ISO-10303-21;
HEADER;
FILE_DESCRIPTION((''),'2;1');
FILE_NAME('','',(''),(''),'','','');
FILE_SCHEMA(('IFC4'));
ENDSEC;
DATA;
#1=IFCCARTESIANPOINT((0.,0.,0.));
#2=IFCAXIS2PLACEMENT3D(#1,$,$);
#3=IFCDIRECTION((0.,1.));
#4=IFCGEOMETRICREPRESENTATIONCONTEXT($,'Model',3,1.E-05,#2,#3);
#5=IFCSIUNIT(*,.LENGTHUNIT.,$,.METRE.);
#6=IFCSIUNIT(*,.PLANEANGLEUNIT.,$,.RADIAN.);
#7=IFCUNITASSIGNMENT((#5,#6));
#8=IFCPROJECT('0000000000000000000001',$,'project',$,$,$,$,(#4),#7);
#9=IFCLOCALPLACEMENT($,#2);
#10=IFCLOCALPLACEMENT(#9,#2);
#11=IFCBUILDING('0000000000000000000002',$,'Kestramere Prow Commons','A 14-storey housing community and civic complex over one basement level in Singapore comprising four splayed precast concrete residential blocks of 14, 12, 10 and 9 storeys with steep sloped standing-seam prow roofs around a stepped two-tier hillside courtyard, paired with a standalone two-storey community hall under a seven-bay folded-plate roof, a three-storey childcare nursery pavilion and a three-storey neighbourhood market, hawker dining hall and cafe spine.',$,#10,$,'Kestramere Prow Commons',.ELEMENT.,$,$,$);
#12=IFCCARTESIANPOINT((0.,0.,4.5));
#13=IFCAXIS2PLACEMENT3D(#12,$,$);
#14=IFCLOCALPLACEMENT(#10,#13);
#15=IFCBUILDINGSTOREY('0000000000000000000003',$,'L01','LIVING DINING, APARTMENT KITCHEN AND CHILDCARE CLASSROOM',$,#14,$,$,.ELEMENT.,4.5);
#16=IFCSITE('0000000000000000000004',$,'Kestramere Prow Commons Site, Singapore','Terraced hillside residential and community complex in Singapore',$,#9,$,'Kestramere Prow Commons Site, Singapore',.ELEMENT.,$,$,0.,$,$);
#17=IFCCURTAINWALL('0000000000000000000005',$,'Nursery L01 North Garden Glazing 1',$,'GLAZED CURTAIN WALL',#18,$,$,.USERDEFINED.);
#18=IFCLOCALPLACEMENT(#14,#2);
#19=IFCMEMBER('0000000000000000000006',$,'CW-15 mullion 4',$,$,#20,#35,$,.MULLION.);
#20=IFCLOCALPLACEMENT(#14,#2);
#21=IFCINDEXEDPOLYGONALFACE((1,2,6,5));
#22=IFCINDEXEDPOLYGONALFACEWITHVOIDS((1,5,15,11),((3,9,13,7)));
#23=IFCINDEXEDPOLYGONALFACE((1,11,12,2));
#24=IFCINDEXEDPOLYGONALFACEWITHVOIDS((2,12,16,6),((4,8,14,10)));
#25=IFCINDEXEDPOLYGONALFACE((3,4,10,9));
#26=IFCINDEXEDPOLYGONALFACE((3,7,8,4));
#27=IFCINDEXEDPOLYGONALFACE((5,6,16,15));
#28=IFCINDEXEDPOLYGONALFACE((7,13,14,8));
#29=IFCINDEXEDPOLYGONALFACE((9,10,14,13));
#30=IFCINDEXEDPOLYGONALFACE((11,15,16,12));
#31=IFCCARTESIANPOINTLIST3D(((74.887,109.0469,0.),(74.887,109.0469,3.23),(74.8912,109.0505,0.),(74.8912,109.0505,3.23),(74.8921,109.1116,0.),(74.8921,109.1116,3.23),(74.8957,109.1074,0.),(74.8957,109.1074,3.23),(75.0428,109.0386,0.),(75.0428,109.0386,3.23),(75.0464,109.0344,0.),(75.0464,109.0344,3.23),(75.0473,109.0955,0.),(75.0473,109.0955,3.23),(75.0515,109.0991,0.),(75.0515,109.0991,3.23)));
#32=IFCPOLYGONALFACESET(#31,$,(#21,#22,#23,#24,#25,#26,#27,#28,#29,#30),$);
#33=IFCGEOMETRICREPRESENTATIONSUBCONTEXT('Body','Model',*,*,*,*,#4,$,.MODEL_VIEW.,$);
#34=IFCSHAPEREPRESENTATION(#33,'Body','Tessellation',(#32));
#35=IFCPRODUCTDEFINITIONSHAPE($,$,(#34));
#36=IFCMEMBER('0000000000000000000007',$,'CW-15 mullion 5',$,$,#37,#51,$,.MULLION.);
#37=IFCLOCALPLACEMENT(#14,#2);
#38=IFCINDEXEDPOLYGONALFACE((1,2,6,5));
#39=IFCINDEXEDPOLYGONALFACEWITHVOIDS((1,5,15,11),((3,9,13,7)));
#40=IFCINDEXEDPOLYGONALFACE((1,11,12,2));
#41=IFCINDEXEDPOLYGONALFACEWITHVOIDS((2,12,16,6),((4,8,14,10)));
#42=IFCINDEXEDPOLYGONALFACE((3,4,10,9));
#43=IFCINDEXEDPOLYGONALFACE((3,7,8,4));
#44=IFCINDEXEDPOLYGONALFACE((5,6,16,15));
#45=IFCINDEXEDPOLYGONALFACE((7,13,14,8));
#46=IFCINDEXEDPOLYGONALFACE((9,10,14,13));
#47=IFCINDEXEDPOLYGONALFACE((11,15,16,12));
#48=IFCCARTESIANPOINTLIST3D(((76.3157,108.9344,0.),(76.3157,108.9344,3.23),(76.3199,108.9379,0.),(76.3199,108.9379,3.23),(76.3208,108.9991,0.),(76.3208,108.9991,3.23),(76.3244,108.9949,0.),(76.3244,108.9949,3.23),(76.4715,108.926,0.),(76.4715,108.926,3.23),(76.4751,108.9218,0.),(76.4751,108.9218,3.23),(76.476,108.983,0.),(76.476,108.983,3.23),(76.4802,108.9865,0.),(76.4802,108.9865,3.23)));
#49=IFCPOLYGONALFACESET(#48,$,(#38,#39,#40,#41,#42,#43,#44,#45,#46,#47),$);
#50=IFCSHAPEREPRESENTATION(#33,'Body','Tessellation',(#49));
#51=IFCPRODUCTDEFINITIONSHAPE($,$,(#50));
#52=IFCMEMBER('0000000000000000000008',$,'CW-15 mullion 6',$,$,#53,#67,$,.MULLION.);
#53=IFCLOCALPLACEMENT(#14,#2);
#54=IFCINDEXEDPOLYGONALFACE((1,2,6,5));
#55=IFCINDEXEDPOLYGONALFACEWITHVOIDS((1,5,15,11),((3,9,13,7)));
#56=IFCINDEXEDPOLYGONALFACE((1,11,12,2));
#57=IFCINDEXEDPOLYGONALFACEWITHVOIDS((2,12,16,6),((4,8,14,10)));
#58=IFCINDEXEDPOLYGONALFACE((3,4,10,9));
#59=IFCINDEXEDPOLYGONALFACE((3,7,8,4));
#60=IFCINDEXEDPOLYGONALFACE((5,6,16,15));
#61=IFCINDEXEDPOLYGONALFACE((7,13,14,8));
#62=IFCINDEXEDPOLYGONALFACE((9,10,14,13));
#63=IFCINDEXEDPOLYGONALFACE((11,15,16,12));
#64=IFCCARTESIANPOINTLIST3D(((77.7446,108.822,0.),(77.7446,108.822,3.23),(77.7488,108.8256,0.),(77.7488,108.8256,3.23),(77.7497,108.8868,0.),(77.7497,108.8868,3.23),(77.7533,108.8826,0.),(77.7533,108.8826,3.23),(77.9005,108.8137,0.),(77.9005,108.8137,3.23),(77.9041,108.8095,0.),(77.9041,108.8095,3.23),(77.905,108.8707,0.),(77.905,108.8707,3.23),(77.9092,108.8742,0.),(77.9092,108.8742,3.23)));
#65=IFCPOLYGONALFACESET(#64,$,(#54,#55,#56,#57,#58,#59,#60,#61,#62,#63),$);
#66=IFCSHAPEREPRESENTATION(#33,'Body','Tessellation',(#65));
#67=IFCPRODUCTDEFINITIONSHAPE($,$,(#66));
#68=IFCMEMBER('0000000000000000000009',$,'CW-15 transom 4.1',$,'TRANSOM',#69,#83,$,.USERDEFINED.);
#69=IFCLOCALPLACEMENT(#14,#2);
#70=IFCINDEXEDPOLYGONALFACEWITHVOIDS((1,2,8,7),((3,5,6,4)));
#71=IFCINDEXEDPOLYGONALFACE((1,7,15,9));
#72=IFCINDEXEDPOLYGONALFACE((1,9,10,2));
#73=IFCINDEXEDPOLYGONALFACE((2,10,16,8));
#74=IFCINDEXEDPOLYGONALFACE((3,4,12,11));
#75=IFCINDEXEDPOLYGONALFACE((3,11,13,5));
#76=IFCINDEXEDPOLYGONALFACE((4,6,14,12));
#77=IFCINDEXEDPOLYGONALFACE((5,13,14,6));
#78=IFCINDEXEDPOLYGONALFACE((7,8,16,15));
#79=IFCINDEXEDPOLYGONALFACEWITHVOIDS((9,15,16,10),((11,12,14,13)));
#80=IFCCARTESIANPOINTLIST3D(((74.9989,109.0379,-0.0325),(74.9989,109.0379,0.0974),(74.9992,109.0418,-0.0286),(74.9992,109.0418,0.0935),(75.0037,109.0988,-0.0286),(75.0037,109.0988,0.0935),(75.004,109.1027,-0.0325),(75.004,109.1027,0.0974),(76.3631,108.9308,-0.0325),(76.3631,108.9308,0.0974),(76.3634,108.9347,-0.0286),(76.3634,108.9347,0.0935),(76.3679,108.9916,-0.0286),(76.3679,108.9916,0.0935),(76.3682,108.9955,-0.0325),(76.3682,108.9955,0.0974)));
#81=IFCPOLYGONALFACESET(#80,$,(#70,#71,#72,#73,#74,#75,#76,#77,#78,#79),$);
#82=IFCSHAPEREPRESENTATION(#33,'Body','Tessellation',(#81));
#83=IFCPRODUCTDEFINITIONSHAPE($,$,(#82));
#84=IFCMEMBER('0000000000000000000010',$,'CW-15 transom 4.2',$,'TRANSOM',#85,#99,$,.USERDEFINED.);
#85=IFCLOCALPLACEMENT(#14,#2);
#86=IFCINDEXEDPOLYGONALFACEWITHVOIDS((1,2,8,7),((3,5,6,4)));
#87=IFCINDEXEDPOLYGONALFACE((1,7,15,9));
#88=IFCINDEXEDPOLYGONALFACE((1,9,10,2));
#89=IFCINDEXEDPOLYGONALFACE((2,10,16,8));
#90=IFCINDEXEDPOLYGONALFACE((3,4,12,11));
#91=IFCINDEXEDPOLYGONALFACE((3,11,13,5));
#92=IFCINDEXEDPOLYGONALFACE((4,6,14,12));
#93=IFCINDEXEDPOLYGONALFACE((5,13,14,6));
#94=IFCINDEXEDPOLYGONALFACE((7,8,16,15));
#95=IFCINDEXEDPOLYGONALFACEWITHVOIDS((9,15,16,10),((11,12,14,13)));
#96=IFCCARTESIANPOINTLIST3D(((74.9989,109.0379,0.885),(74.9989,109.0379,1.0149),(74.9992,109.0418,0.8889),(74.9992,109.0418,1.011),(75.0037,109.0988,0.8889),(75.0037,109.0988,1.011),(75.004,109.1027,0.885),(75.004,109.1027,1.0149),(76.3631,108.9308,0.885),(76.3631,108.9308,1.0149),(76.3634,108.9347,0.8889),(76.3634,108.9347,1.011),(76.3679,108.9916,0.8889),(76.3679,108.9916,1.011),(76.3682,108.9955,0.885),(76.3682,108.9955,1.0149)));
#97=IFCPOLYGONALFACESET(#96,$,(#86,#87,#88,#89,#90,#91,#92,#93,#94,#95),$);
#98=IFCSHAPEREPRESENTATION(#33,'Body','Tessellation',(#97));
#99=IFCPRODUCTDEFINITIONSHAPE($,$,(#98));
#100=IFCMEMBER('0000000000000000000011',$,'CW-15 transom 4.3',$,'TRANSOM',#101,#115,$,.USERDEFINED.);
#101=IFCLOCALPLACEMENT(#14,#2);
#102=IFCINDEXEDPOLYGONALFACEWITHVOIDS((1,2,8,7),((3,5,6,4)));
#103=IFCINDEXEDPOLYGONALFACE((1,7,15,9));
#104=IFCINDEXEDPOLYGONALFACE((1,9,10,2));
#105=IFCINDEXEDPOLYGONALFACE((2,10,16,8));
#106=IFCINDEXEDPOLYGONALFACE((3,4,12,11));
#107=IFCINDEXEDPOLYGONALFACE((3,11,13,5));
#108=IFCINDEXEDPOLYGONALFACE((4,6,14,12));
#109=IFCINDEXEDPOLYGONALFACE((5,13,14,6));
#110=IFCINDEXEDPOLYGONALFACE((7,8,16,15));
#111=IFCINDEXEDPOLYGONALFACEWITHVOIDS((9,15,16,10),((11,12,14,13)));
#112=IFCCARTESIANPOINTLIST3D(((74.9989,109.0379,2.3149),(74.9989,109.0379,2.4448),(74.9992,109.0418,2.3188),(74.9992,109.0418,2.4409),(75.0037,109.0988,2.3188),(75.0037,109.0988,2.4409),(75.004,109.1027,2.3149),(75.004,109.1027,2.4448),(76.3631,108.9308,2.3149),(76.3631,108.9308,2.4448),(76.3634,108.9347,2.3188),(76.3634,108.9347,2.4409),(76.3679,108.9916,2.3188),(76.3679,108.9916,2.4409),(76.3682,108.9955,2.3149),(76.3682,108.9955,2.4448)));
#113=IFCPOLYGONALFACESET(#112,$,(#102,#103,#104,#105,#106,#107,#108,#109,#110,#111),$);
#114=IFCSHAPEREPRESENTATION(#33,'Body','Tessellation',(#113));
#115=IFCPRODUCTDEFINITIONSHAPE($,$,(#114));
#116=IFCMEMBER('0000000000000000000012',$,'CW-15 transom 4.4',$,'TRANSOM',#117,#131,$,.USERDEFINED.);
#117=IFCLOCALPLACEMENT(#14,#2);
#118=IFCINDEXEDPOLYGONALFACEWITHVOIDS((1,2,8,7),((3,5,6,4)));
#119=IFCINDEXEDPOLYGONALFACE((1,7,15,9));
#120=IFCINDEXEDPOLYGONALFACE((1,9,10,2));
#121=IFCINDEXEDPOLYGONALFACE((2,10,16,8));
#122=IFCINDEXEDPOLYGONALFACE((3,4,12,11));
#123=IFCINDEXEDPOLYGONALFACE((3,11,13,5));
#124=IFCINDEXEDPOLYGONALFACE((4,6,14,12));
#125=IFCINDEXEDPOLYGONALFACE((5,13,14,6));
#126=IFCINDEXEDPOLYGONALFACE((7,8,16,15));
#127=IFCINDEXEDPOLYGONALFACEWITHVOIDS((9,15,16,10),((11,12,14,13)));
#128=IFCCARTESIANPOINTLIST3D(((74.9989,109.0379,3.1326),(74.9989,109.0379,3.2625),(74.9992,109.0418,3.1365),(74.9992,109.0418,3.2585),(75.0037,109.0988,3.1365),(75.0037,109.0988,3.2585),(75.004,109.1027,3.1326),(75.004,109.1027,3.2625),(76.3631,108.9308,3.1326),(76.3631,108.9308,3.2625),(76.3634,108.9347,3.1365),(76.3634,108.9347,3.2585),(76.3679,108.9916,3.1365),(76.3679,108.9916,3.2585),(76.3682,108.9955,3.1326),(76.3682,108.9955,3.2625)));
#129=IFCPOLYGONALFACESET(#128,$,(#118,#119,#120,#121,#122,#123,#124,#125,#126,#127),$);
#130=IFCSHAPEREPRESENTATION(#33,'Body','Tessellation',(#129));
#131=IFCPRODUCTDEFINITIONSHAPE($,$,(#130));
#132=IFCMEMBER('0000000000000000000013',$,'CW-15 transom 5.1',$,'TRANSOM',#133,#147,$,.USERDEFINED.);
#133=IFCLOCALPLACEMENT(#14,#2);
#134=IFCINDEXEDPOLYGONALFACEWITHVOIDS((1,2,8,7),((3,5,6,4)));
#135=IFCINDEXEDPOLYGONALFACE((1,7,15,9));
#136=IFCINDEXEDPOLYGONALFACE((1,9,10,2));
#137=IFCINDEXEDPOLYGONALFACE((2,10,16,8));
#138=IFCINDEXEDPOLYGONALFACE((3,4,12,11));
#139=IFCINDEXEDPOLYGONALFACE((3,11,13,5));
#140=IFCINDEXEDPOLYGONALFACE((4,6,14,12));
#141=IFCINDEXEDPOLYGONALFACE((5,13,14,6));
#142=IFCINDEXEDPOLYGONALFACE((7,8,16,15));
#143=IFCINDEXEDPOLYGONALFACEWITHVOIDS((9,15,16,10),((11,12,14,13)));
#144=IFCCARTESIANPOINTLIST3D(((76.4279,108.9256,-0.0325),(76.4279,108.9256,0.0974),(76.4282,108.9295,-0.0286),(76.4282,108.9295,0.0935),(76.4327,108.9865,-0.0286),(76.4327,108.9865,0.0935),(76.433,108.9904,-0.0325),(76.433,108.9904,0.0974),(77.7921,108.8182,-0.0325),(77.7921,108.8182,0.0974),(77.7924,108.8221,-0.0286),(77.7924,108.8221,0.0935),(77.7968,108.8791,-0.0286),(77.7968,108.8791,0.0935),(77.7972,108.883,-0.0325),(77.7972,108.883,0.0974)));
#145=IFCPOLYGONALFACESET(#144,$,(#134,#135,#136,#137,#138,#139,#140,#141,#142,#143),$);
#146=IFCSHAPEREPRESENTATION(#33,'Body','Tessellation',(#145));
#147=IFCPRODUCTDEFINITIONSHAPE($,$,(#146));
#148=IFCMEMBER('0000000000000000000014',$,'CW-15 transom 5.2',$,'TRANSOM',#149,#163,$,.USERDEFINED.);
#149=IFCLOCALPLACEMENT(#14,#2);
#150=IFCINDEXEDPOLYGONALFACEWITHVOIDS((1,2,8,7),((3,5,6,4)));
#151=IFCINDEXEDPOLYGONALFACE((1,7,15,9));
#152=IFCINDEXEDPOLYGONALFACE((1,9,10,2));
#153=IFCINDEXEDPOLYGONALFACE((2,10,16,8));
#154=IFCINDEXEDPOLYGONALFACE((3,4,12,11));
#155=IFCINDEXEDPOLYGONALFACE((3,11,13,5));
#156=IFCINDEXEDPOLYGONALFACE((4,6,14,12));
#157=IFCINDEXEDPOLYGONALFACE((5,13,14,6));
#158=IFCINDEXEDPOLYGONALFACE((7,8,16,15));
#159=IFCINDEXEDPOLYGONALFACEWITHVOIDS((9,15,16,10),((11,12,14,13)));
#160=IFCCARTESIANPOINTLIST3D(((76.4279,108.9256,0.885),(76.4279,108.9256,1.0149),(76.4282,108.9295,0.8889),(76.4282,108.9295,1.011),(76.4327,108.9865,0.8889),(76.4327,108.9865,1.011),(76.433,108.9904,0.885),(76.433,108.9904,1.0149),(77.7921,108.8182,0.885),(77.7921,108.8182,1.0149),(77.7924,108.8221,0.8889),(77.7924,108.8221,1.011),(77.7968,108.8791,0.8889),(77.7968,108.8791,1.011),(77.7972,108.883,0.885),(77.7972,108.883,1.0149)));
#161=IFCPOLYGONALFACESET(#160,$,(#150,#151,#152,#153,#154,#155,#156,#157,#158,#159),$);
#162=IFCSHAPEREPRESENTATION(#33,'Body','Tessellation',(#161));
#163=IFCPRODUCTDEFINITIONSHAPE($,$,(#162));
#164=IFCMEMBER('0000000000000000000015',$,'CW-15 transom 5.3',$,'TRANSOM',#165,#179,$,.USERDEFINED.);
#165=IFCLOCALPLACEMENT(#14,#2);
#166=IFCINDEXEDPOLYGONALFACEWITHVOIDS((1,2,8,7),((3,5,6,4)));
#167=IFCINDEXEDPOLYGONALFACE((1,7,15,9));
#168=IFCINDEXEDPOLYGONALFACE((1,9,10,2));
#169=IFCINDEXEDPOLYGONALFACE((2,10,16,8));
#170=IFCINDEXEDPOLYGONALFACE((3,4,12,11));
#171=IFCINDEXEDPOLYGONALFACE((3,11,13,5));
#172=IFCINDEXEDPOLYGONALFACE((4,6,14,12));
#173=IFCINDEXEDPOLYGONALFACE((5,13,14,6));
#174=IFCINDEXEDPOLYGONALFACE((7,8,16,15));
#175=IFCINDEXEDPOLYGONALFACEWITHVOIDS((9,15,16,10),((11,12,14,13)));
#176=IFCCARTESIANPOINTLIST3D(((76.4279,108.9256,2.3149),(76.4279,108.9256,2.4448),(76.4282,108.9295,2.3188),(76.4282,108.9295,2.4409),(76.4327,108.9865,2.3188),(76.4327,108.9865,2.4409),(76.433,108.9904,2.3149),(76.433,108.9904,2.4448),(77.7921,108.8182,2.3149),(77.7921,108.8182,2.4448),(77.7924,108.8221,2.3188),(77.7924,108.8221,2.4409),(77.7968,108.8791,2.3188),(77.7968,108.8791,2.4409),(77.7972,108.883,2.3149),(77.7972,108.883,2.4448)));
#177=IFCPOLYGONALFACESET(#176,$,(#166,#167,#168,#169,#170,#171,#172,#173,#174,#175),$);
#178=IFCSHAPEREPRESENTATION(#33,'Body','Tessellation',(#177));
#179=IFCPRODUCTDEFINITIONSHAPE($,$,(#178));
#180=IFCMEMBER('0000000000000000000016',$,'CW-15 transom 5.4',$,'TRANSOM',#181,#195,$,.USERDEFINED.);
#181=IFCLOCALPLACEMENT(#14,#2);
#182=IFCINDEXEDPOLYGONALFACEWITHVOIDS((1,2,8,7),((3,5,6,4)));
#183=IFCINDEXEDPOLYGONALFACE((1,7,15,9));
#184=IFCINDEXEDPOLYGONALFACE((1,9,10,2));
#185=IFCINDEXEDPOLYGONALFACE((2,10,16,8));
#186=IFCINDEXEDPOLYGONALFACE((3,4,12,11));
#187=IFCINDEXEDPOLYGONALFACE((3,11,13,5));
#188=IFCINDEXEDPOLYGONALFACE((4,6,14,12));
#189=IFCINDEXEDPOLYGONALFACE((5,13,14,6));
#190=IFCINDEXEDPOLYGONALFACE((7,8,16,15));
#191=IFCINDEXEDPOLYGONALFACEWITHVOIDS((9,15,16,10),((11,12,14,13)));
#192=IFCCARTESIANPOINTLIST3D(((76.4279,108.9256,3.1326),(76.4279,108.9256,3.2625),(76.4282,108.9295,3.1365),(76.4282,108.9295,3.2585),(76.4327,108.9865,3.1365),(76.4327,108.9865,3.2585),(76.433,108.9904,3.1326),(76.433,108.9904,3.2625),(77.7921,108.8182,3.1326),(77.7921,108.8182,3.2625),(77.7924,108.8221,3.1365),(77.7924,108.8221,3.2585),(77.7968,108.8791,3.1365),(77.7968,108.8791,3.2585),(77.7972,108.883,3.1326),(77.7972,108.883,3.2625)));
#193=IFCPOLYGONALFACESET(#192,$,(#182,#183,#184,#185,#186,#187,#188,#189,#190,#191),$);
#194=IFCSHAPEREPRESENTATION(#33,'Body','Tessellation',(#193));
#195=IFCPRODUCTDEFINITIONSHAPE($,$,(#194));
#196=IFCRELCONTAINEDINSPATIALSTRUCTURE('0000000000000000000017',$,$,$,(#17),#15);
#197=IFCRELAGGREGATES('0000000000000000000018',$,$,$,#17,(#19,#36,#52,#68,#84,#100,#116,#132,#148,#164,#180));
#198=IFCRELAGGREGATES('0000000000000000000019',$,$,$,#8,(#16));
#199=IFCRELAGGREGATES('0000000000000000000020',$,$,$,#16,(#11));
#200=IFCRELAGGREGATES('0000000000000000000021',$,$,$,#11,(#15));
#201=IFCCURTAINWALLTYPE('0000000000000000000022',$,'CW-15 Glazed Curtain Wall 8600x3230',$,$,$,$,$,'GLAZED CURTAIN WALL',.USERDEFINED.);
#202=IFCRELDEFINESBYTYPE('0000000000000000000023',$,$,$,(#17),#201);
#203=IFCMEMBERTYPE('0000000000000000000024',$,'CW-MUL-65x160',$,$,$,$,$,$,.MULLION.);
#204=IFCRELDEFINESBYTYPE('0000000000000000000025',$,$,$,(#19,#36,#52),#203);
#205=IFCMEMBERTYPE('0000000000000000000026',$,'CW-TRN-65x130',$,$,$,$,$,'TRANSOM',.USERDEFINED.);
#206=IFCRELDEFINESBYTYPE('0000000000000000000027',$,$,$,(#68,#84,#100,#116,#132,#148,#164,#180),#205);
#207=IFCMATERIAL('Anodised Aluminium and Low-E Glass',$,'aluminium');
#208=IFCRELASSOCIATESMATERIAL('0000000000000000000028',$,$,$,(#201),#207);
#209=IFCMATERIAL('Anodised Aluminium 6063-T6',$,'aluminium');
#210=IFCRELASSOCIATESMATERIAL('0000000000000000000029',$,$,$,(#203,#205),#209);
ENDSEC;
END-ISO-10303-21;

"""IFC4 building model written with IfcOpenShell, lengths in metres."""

from ifc_helpers import new_model, si_unit, direction, frame, origin, origin_2d, place, context, subcontext, project, spatial, hollow_rectangle, extrude, material, material_profile, profile_set, type_object, element, aggregate, save


model = new_model("IFC4")

# Units and contexts
model_context = context("Model", 3, precision=1e-05, world=origin(), true_north=direction((0.0, 1.0)))
body_context = subcontext(model_context, "Body", "Model", "MODEL_VIEW")
ifc_project = project(units=[si_unit("LENGTHUNIT", "METRE"), si_unit("PLANEANGLEUNIT", "RADIAN")], contexts=[model_context])

# Site, building, storey
site_placement = place(None, origin())
site = spatial("IfcSite", under=ifc_project, at=site_placement, Name="Kestramere Prow Commons Site, Singapore", Description="Terraced hillside residential and community complex in Singapore", LongName="Kestramere Prow Commons Site, Singapore", CompositionType="ELEMENT", RefElevation=0.0)
building_placement = place(site_placement, origin())
building = spatial("IfcBuilding", under=site, at=building_placement, Name="Kestramere Prow Commons", Description="A 14-storey housing community and civic complex over one basement level in Singapore comprising four splayed precast concrete residential blocks of 14, 12, 10 and 9 storeys with steep sloped standing-seam prow roofs around a stepped two-tier hillside courtyard, paired with a standalone two-storey community hall under a seven-bay folded-plate roof, a three-storey childcare nursery pavilion and a three-storey neighbourhood market, hawker dining hall and cafe spine.", LongName="Kestramere Prow Commons", CompositionType="ELEMENT")
storey_placement = place(building_placement, frame((0.0, 0.0, 4.5)))
storey = spatial("IfcBuildingStorey", under=building, at=storey_placement, Name="L01", Description="LIVING DINING, APARTMENT KITCHEN AND CHILDCARE CLASSROOM", CompositionType="ELEMENT", Elevation=4.5)

# Curtain wall, members
ifc_material_1 = material(Name="Anodised Aluminium and Low-E Glass", Category="aluminium")
curtain_wall_type = type_object("IfcCurtainWallType", Name="CW-15 Glazed Curtain Wall 8600x3230", ElementType="GLAZED CURTAIN WALL", PredefinedType="USERDEFINED", material=ifc_material_1)
curtain_wall_placement = place(storey_placement, origin())
curtain_wall = element("IfcCurtainWall", 1, at=curtain_wall_placement, inside=storey, type_object=curtain_wall_type, Name="Nursery L01 North Garden Glazing 1", ObjectType="GLAZED CURTAIN WALL", PredefinedType="USERDEFINED")
ifc_material_2 = material(Name="Anodised Aluminium 6063-T6", Category="aluminium")
ifc_material_profile_1 = material_profile(ifc_material_2, hollow_rectangle(XDim=0.0649, YDim=0.1599, WallThickness=0.0039, at=origin_2d()), Name="ALU-MUL 65x160")
ifc_profile_set_1 = profile_set([ifc_material_profile_1], Name="Anodised Aluminium 6063-T6")
member_type_1 = type_object("IfcMemberType", Name="CW-MUL-65x160", PredefinedType="MULLION", material=ifc_profile_set_1)
member_1_placement = place(storey_placement, frame((74.9692, 109.073, 0.0), z_axis=(0.0, 0.0, 1.0), x_axis=(0.078459, 0.996917, 0.0)))
member_1 = element("IfcMember", 2, at=member_1_placement, type_object=member_type_1, Name="CW-15 mullion 4", PredefinedType="MULLION", context=body_context, shape_type="SweptSolid", body=[
    extrude(hollow_rectangle(XDim=0.0649, YDim=0.1599, WallThickness=0.0039, at=origin_2d()), origin(), (0.0, 0.0, 1.0), 3.23),
])
member_2_placement = place(storey_placement, frame((76.3979, 108.9604, 0.0), z_axis=(0.0, 0.0, 1.0), x_axis=(0.078459, 0.996917, 0.0)))
member_2 = element("IfcMember", 3, at=member_2_placement, type_object=member_type_1, Name="CW-15 mullion 5", PredefinedType="MULLION", context=body_context, shape_type="SweptSolid", body=[
    extrude(hollow_rectangle(XDim=0.0649, YDim=0.1599, WallThickness=0.0039, at=origin_2d()), origin(), (0.0, 0.0, 1.0), 3.23),
])
member_3_placement = place(storey_placement, frame((77.8269, 108.8481, 0.0), z_axis=(0.0, 0.0, 1.0), x_axis=(0.078459, 0.996917, 0.0)))
member_3 = element("IfcMember", 4, at=member_3_placement, type_object=member_type_1, Name="CW-15 mullion 6", PredefinedType="MULLION", context=body_context, shape_type="SweptSolid", body=[
    extrude(hollow_rectangle(XDim=0.0649, YDim=0.1599, WallThickness=0.0039, at=origin_2d()), origin(), (0.0, 0.0, 1.0), 3.23),
])
ifc_material_profile_2 = material_profile(ifc_material_2, hollow_rectangle(XDim=0.0649, YDim=0.1299, WallThickness=0.0039, at=origin_2d()), Name="ALU-TRN 65x130")
ifc_profile_set_2 = profile_set([ifc_material_profile_2], Name="Anodised Aluminium 6063-T6")
member_type_2 = type_object("IfcMemberType", Name="CW-TRN-65x130", ElementType="TRANSOM", PredefinedType="USERDEFINED", material=ifc_profile_set_2)
member_4_placement = place(storey_placement, frame((75.0015, 109.0703, 0.0325), z_axis=(0.996928, -0.07832, 0.0), x_axis=(0.07832, 0.996928, 0.0)))
member_4 = element("IfcMember", 5, at=member_4_placement, type_object=member_type_2, Name="CW-15 transom 4.1", ObjectType="TRANSOM", PredefinedType="USERDEFINED", context=body_context, shape_type="SweptSolid", body=[
    extrude(hollow_rectangle(XDim=0.0649, YDim=0.1299, WallThickness=0.0039, at=origin_2d()), origin(), (0.0, 0.0, 1.0), 1.3684),
])
member_5_placement = place(storey_placement, frame((75.0015, 109.0703, 0.95), z_axis=(0.996928, -0.07832, 0.0), x_axis=(0.07832, 0.996928, 0.0)))
member_5 = element("IfcMember", 6, at=member_5_placement, type_object=member_type_2, Name="CW-15 transom 4.2", ObjectType="TRANSOM", PredefinedType="USERDEFINED", context=body_context, shape_type="SweptSolid", body=[
    extrude(hollow_rectangle(XDim=0.0649, YDim=0.1299, WallThickness=0.0039, at=origin_2d()), origin(), (0.0, 0.0, 1.0), 1.3684),
])
member_6_placement = place(storey_placement, frame((75.0015, 109.0703, 2.3799), z_axis=(0.996928, -0.07832, 0.0), x_axis=(0.07832, 0.996928, 0.0)))
member_6 = element("IfcMember", 7, at=member_6_placement, type_object=member_type_2, Name="CW-15 transom 4.3", ObjectType="TRANSOM", PredefinedType="USERDEFINED", context=body_context, shape_type="SweptSolid", body=[
    extrude(hollow_rectangle(XDim=0.0649, YDim=0.1299, WallThickness=0.0039, at=origin_2d()), origin(), (0.0, 0.0, 1.0), 1.3684),
])
member_7_placement = place(storey_placement, frame((75.0015, 109.0703, 3.1975), z_axis=(0.996928, -0.07832, 0.0), x_axis=(0.07832, 0.996928, 0.0)))
member_7 = element("IfcMember", 8, at=member_7_placement, type_object=member_type_2, Name="CW-15 transom 4.4", ObjectType="TRANSOM", PredefinedType="USERDEFINED", context=body_context, shape_type="SweptSolid", body=[
    extrude(hollow_rectangle(XDim=0.0649, YDim=0.1299, WallThickness=0.0039, at=origin_2d()), origin(), (0.0, 0.0, 1.0), 1.3684),
])
member_8_placement = place(storey_placement, frame((76.4304, 108.958, 0.0325), z_axis=(0.996914, -0.078497, 0.0), x_axis=(0.078497, 0.996914, 0.0)))
member_8 = element("IfcMember", 9, at=member_8_placement, type_object=member_type_2, Name="CW-15 transom 5.1", ObjectType="TRANSOM", PredefinedType="USERDEFINED", context=body_context, shape_type="SweptSolid", body=[
    extrude(hollow_rectangle(XDim=0.0649, YDim=0.1299, WallThickness=0.0039, at=origin_2d()), origin(), (0.0, 0.0, 1.0), 1.3684),
])
member_9_placement = place(storey_placement, frame((76.4304, 108.958, 0.95), z_axis=(0.996914, -0.078497, 0.0), x_axis=(0.078497, 0.996914, 0.0)))
member_9 = element("IfcMember", 10, at=member_9_placement, type_object=member_type_2, Name="CW-15 transom 5.2", ObjectType="TRANSOM", PredefinedType="USERDEFINED", context=body_context, shape_type="SweptSolid", body=[
    extrude(hollow_rectangle(XDim=0.0649, YDim=0.1299, WallThickness=0.0039, at=origin_2d()), origin(), (0.0, 0.0, 1.0), 1.3684),
])
member_10_placement = place(storey_placement, frame((76.4304, 108.958, 2.3799), z_axis=(0.996914, -0.078497, 0.0), x_axis=(0.078497, 0.996914, 0.0)))
member_10 = element("IfcMember", 11, at=member_10_placement, type_object=member_type_2, Name="CW-15 transom 5.3", ObjectType="TRANSOM", PredefinedType="USERDEFINED", context=body_context, shape_type="SweptSolid", body=[
    extrude(hollow_rectangle(XDim=0.0649, YDim=0.1299, WallThickness=0.0039, at=origin_2d()), origin(), (0.0, 0.0, 1.0), 1.3684),
])
member_11_placement = place(storey_placement, frame((76.4304, 108.958, 3.1975), z_axis=(0.996914, -0.078497, 0.0), x_axis=(0.078497, 0.996914, 0.0)))
member_11 = element("IfcMember", 12, at=member_11_placement, type_object=member_type_2, Name="CW-15 transom 5.4", ObjectType="TRANSOM", PredefinedType="USERDEFINED", context=body_context, shape_type="SweptSolid", body=[
    extrude(hollow_rectangle(XDim=0.0649, YDim=0.1299, WallThickness=0.0039, at=origin_2d()), origin(), (0.0, 0.0, 1.0), 1.3684),
])
aggregate(curtain_wall, [member_1, member_2, member_3, member_4, member_5, member_6, member_7, member_8, member_9, member_10, member_11])

save(model, "model.ifc")
